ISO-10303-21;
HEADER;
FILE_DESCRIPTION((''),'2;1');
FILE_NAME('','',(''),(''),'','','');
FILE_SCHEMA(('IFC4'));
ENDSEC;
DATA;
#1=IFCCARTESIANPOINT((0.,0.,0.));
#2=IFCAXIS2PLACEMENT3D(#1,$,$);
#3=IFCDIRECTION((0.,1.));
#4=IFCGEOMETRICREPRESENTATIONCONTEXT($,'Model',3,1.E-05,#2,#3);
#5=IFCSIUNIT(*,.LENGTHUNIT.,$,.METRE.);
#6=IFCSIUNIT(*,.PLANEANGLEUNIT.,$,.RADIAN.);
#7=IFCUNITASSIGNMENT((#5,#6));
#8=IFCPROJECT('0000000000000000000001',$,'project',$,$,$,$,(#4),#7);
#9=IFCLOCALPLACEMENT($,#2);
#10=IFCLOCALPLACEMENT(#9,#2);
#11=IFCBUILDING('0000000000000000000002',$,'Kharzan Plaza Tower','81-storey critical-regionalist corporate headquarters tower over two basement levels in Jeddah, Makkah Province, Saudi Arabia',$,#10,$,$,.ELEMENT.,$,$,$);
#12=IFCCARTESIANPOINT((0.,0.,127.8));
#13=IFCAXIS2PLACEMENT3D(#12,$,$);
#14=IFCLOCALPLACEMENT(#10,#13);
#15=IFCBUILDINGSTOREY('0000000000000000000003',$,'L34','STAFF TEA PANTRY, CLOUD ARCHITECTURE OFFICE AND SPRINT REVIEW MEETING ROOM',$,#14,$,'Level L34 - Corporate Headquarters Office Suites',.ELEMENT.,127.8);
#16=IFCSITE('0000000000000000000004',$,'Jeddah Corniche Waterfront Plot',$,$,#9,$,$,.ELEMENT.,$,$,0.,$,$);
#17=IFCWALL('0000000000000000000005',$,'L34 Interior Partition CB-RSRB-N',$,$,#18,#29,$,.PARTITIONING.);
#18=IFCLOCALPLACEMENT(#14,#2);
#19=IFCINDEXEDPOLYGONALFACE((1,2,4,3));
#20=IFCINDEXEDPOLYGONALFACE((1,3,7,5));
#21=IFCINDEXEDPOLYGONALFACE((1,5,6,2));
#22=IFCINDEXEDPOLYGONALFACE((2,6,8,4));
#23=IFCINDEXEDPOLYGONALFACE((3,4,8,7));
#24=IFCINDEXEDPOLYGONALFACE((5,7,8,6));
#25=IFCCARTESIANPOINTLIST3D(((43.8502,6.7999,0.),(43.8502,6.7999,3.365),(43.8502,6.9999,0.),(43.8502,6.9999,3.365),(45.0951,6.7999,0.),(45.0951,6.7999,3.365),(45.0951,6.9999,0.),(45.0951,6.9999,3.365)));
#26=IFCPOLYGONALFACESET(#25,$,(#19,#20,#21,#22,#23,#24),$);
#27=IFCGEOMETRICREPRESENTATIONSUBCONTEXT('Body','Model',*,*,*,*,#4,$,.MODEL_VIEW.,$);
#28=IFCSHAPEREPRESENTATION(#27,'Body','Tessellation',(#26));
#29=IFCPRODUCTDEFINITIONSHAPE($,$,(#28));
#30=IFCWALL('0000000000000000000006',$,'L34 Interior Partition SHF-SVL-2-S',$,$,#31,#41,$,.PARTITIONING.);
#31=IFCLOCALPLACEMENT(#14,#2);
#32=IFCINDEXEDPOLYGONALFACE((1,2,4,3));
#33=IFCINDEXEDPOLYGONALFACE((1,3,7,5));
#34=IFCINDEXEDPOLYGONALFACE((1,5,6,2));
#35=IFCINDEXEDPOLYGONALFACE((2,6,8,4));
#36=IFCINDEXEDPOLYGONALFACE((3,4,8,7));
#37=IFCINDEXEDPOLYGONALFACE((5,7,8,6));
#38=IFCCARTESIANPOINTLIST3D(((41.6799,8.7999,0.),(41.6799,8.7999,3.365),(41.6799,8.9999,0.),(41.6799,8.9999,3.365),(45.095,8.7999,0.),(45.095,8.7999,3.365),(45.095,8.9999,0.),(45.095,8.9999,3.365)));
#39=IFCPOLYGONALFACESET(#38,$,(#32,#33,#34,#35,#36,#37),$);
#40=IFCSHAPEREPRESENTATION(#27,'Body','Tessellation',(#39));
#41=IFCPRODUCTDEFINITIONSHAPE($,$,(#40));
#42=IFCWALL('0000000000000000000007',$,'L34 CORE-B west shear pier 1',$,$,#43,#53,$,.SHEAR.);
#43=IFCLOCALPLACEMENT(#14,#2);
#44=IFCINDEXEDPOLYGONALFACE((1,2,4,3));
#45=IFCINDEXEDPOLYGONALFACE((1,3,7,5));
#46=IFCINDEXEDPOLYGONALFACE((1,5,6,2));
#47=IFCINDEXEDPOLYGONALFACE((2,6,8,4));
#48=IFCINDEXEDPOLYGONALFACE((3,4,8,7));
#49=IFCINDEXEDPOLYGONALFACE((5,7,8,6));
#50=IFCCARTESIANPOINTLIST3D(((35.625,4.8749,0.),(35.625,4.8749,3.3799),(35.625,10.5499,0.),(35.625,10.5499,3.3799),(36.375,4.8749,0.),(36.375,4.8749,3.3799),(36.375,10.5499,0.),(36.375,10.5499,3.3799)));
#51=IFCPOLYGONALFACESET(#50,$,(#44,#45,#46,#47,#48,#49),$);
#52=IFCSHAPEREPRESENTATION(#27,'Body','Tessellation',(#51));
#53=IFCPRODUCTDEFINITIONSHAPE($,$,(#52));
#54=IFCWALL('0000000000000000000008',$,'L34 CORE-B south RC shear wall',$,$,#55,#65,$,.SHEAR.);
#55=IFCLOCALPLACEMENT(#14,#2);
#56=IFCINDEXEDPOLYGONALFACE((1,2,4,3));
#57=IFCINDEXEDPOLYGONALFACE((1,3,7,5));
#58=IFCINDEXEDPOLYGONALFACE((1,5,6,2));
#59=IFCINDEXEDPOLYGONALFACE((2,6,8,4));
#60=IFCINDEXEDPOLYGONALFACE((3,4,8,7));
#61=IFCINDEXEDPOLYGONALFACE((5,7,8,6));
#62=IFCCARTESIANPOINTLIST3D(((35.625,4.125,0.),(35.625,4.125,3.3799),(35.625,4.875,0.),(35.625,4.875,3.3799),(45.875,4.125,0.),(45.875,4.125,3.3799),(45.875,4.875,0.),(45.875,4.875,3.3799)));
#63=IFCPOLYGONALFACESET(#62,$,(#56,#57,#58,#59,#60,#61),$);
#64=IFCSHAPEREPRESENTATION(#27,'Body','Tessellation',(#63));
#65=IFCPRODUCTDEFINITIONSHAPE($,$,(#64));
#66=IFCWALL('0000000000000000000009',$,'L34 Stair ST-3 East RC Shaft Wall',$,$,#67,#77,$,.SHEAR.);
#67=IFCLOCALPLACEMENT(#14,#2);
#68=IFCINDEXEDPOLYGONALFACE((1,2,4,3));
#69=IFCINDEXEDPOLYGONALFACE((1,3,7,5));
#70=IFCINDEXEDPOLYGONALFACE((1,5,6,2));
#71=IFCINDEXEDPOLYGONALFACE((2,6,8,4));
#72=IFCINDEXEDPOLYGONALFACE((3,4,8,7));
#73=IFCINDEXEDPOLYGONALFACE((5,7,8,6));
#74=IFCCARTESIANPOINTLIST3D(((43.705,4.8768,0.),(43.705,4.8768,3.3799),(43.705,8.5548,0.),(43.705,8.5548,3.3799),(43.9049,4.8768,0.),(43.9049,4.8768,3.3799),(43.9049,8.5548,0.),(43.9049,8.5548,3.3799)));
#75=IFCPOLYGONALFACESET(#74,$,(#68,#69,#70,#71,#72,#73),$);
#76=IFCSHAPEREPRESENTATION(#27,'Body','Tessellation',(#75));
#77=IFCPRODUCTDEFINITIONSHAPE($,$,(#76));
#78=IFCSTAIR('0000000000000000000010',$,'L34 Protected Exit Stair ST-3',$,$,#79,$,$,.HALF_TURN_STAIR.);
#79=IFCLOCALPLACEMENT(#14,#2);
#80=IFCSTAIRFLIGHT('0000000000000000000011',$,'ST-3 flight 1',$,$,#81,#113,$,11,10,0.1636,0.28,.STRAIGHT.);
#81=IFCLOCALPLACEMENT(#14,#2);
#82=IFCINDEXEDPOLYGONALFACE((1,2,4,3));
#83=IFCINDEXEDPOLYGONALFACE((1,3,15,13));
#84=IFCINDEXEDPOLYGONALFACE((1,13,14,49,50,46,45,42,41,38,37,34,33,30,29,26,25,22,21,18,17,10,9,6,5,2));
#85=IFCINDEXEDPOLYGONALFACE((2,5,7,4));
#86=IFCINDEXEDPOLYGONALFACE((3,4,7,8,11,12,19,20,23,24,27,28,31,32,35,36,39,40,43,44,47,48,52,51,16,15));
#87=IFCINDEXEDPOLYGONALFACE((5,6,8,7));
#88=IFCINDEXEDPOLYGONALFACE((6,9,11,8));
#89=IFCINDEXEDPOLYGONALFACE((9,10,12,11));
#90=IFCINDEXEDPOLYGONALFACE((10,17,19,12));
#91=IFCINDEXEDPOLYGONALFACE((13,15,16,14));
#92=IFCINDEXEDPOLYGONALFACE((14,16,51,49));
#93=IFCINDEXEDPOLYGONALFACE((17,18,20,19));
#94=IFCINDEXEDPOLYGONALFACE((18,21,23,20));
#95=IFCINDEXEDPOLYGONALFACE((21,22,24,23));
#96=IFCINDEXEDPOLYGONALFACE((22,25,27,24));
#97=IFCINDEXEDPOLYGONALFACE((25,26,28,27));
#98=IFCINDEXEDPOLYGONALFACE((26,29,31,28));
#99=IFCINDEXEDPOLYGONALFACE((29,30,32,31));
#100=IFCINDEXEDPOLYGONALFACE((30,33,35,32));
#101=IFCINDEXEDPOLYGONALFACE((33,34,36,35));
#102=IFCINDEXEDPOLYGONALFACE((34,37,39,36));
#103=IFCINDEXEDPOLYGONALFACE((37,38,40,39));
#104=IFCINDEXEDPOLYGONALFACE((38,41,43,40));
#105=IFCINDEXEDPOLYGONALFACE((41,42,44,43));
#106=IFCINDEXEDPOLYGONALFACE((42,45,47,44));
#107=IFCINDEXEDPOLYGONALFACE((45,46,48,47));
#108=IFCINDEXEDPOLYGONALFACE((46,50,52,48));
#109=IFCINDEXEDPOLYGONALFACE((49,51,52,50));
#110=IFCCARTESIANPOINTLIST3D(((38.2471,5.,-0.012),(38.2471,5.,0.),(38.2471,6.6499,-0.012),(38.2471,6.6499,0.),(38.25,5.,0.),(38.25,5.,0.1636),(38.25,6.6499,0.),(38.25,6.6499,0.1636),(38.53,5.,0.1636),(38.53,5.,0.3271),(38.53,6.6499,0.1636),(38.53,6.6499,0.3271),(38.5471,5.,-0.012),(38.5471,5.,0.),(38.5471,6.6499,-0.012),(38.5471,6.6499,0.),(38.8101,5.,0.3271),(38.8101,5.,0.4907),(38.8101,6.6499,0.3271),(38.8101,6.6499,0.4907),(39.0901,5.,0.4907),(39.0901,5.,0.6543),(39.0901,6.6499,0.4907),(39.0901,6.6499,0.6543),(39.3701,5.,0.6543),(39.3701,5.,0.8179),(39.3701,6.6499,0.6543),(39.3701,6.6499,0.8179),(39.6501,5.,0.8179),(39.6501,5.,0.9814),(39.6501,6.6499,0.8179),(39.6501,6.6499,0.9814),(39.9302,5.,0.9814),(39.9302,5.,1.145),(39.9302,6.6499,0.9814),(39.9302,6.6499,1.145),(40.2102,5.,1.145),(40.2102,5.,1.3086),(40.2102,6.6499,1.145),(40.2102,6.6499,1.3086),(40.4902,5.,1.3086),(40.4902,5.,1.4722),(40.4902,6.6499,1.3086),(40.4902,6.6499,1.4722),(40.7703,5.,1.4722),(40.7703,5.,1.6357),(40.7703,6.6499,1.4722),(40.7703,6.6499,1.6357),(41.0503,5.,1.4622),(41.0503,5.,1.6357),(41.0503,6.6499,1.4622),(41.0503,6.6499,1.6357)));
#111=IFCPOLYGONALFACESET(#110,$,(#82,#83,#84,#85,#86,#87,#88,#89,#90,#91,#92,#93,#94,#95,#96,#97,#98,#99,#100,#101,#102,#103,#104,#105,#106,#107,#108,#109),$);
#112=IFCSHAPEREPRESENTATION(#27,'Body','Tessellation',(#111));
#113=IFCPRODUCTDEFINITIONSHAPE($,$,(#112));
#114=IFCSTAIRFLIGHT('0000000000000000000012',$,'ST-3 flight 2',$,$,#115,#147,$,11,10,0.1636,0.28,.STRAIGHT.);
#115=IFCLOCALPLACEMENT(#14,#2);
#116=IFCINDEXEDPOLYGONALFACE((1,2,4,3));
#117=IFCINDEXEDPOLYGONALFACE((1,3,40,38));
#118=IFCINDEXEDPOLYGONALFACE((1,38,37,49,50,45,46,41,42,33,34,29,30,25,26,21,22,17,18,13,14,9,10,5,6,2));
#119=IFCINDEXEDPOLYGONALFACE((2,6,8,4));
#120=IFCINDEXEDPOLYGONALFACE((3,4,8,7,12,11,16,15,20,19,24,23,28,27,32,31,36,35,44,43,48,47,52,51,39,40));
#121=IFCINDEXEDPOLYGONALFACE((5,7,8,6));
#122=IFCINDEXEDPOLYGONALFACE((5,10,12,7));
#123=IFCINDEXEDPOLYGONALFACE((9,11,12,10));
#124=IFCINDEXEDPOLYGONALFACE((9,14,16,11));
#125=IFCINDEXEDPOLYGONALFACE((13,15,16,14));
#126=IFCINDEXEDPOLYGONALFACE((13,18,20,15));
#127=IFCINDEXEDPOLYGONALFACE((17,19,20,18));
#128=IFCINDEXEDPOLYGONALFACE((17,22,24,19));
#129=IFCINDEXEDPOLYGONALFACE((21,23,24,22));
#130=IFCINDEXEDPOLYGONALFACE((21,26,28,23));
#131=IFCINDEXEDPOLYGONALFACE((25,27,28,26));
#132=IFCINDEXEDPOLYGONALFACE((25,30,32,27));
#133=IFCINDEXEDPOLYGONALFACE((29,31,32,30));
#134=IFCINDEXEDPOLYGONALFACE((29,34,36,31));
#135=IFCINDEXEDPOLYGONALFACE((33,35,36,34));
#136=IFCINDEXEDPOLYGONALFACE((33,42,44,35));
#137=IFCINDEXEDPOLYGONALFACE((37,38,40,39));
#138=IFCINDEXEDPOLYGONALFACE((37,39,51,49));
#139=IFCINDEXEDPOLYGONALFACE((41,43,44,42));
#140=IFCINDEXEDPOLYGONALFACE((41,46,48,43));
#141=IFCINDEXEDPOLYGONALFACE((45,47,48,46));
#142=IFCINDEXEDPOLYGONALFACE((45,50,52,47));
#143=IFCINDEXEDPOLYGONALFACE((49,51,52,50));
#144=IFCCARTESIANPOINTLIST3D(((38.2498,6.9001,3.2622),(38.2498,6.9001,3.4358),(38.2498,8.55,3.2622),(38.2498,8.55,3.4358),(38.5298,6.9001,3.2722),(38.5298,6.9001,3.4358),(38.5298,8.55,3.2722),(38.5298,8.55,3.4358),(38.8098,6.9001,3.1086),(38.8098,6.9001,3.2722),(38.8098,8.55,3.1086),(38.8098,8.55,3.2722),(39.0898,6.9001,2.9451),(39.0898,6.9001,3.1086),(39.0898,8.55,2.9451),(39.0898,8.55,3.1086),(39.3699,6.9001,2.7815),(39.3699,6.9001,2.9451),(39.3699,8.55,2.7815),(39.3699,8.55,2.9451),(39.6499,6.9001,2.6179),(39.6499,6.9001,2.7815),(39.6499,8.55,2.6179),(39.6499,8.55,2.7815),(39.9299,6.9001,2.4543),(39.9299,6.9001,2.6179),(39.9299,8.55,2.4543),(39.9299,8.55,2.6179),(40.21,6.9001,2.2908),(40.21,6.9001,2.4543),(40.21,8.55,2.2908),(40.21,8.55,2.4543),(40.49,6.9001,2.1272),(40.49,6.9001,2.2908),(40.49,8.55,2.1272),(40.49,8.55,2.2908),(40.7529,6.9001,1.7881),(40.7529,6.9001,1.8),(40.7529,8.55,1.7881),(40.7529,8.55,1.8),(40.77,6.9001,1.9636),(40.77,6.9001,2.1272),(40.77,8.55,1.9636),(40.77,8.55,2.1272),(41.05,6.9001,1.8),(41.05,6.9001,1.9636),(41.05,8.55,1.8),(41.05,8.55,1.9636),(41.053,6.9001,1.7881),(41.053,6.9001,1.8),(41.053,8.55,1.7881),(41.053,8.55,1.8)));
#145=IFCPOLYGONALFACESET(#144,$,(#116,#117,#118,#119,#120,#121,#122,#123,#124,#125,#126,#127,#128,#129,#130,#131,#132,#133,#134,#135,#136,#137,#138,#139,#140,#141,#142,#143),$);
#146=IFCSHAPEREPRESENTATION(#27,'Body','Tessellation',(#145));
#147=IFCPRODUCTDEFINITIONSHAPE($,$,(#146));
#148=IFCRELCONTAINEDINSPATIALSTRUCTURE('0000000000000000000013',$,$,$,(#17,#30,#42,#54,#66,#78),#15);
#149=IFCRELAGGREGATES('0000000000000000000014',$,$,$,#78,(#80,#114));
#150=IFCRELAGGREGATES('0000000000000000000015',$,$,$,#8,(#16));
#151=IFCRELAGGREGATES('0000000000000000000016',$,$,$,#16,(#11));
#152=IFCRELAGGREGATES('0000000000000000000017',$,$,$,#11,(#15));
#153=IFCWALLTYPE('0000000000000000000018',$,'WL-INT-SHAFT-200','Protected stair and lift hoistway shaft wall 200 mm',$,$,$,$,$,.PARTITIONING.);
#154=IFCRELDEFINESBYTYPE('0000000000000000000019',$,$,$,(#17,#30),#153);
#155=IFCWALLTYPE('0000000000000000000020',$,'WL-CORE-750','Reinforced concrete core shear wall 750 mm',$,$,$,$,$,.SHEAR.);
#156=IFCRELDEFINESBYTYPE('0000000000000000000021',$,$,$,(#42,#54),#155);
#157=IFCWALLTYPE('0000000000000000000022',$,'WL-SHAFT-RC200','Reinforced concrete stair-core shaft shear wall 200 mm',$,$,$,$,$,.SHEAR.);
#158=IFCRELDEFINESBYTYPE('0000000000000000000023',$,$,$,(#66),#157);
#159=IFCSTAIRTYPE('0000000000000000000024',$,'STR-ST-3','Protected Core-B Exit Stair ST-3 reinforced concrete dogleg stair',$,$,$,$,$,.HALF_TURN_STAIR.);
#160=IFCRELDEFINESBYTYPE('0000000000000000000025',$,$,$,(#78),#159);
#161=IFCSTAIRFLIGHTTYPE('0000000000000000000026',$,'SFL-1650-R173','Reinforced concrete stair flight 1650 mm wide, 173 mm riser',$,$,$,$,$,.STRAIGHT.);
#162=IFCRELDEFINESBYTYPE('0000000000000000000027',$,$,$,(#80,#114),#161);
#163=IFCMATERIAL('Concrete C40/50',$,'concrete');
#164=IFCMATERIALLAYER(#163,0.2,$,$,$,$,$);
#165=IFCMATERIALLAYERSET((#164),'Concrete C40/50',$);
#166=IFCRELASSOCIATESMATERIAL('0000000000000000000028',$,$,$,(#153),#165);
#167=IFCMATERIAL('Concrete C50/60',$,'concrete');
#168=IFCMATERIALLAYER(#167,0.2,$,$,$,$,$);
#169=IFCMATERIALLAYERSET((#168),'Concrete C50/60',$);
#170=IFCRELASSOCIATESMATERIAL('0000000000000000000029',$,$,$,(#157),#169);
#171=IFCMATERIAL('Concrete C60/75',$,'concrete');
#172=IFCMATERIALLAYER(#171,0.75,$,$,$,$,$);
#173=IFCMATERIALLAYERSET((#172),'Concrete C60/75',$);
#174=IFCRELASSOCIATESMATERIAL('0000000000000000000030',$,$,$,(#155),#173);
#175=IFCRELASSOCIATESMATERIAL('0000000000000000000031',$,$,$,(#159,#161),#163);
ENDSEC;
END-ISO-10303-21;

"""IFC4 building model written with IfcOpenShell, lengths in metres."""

from ifc_helpers import new_model, si_unit, direction, frame, frame_2d, origin, place, context, subcontext, project, spatial, polyline, rectangle, outline, extrude, source, transform, mapped, material, layer, layer_set, type_object, element, aggregate, save


model = new_model("IFC4")

# Units and contexts
model_context = context("Model", 3, precision=1e-05, world=origin(), true_north=direction((0.0, 1.0)))
body_context = subcontext(model_context, "Body", "Model", "MODEL_VIEW")
ifc_project = project(units=[si_unit("LENGTHUNIT", "METRE"), si_unit("PLANEANGLEUNIT", "RADIAN")], contexts=[model_context])

# Site, building, storey
site_placement = place(None, origin())
site = spatial("IfcSite", under=ifc_project, at=site_placement, Name="Jeddah Corniche Waterfront Plot", CompositionType="ELEMENT", RefElevation=0.0)
building_placement = place(site_placement, origin())
building = spatial("IfcBuilding", under=site, at=building_placement, Name="Kharzan Plaza Tower", Description="81-storey critical-regionalist corporate headquarters tower over two basement levels in Jeddah, Makkah Province, Saudi Arabia", CompositionType="ELEMENT")
storey_placement = place(building_placement, frame((0.0, 0.0, 127.8)))
storey = spatial("IfcBuildingStorey", under=building, at=storey_placement, Name="L34", Description="STAFF TEA PANTRY, CLOUD ARCHITECTURE OFFICE AND SPRINT REVIEW MEETING ROOM", LongName="Level L34 - Corporate Headquarters Office Suites", CompositionType="ELEMENT", Elevation=127.8)

# Shared definitions
ifc_material_1 = material(Name="Concrete C60/75", Category="concrete")

# Shared definitions
ifc_material_2 = material(Name="Concrete C40/50", Category="concrete")

# Shared definitions
ifc_layer_1 = layer(ifc_material_2, 0.2)
ifc_layer_set_1 = layer_set([ifc_layer_1], Name="Concrete C40/50")
wall_type_1 = type_object("IfcWallType", Name="WL-INT-SHAFT-200", Description="Protected stair and lift hoistway shaft wall 200 mm", PredefinedType="PARTITIONING", material=ifc_layer_set_1)
ifc_material_3 = material(Name="Concrete C50/60", Category="concrete")
ifc_layer_2 = layer(ifc_material_3, 0.2)
ifc_layer_set_2 = layer_set([ifc_layer_2], Name="Concrete C50/60")
wall_type_2 = type_object("IfcWallType", Name="WL-SHAFT-RC200", Description="Reinforced concrete stair-core shaft shear wall 200 mm", PredefinedType="SHEAR", material=ifc_layer_set_2)

# Walls
shared_shape_1 = source(origin(), body_context, "Body", "SweptSolid", [
    extrude(rectangle(XDim=1.2449, YDim=0.2, at=frame_2d((0.6226, 0.0))), origin(), (0.0, 0.0, 1.0), 3.365),
])
wall_1_placement = place(storey_placement, frame((43.8501, 6.8999, 0.0), z_axis=(0.0, 0.0, 1.0), x_axis=(1.0, 0.0, 0.0)))
element("IfcWall", 1, at=wall_1_placement, inside=storey, type_object=wall_type_1, Name="L34 Interior Partition CB-RSRB-N", PredefinedType="PARTITIONING", context=body_context, shape_type="MappedRepresentation", body=[
    mapped(shared_shape_1, transform((0.0, 0.0, 0.0), x_axis=(1.0, 0.0, 0.0), y_axis=(0.0, 1.0, 0.0), z_axis=(0.0, 0.0, 1.0))),
])
shared_shape_2 = source(origin(), body_context, "Body", "SweptSolid", [
    extrude(rectangle(XDim=3.415, YDim=0.2, at=frame_2d((1.7075, 0.0))), origin(), (0.0, 0.0, 1.0), 3.365),
])
wall_2_placement = place(storey_placement, frame((41.6799, 8.8999, 0.0), z_axis=(0.0, 0.0, 1.0), x_axis=(1.0, 0.0, 0.0)))
element("IfcWall", 2, at=wall_2_placement, inside=storey, type_object=wall_type_1, Name="L34 Interior Partition SHF-SVL-2-S", PredefinedType="PARTITIONING", context=body_context, shape_type="MappedRepresentation", body=[
    mapped(shared_shape_2, transform((0.0, 0.0, 0.0), x_axis=(1.0, 0.0, 0.0), y_axis=(0.0, 1.0, 0.0), z_axis=(0.0, 0.0, 1.0))),
])
ifc_layer_3 = layer(ifc_material_1, 0.75)
ifc_layer_set_3 = layer_set([ifc_layer_3], Name="Concrete C60/75")
wall_type_3 = type_object("IfcWallType", Name="WL-CORE-750", Description="Reinforced concrete core shear wall 750 mm", PredefinedType="SHEAR", material=ifc_layer_set_3)
shared_shape_3 = source(origin(), body_context, "Body", "SweptSolid", [
    extrude(rectangle(XDim=5.675, YDim=0.75, at=frame_2d((2.8374, 0.0))), origin(), (0.0, 0.0, 1.0), 3.3799),
])
wall_3_placement = place(storey_placement, frame((36.0, 4.875, 0.0), z_axis=(0.0, 0.0, 1.0), x_axis=(0.0, 1.0, 0.0)))
element("IfcWall", 3, at=wall_3_placement, inside=storey, type_object=wall_type_3, Name="L34 CORE-B west shear pier 1", PredefinedType="SHEAR", context=body_context, shape_type="MappedRepresentation", body=[
    mapped(shared_shape_3, transform((0.0, 0.0, 0.0), x_axis=(1.0, 0.0, 0.0), y_axis=(0.0, 1.0, 0.0), z_axis=(0.0, 0.0, 1.0))),
])
shared_shape_4 = source(origin(), body_context, "Body", "SweptSolid", [
    extrude(rectangle(XDim=10.25, YDim=0.75, at=frame_2d((5.125, 0.0))), origin(), (0.0, 0.0, 1.0), 3.3799),
])
wall_4_placement = place(storey_placement, frame((35.625, 4.5, 0.0), z_axis=(0.0, 0.0, 1.0), x_axis=(1.0, 0.0, 0.0)))
element("IfcWall", 4, at=wall_4_placement, inside=storey, type_object=wall_type_3, Name="L34 CORE-B south RC shear wall", PredefinedType="SHEAR", context=body_context, shape_type="MappedRepresentation", body=[
    mapped(shared_shape_4, transform((0.0, 0.0, 0.0), x_axis=(1.0, 0.0, 0.0), y_axis=(0.0, 1.0, 0.0), z_axis=(0.0, 0.0, 1.0))),
])
shared_shape_5 = source(origin(), body_context, "Body", "SweptSolid", [
    extrude(rectangle(XDim=3.678, YDim=0.2, at=frame_2d((1.8389, 0.0))), origin(), (0.0, 0.0, 1.0), 3.3799),
])
wall_5_placement = place(storey_placement, frame((43.8049, 4.877, 0.0), z_axis=(0.0, 0.0, 1.0), x_axis=(0.0, 1.0, 0.0)))
element("IfcWall", 5, at=wall_5_placement, inside=storey, type_object=wall_type_2, Name="L34 Stair ST-3 East RC Shaft Wall", PredefinedType="SHEAR", context=body_context, shape_type="MappedRepresentation", body=[
    mapped(shared_shape_5, transform((0.0, 0.0, 0.0), x_axis=(1.0, 0.0, 0.0), y_axis=(0.0, 1.0, 0.0), z_axis=(0.0, 0.0, 1.0))),
])

# Stair, stair flights
stair_type = type_object("IfcStairType", Name="STR-ST-3", Description="Protected Core-B Exit Stair ST-3 reinforced concrete dogleg stair", PredefinedType="HALF_TURN_STAIR", material=ifc_material_2)
stair_placement = place(storey_placement, origin())
stair = element("IfcStair", 6, at=stair_placement, inside=storey, type_object=stair_type, Name="L34 Protected Exit Stair ST-3", PredefinedType="HALF_TURN_STAIR")
stair_flight_type = type_object("IfcStairFlightType", Name="SFL-1650-R173", Description="Reinforced concrete stair flight 1650 mm wide, 173 mm riser", PredefinedType="STRAIGHT", material=ifc_material_2)
shared_shape_6 = source(origin(), body_context, "Body", "SweptSolid", [
    extrude(outline(polyline([(-0.0029, -0.012), (-0.0029, 0.0), (0.0, 0.0), (0.0, 0.1636), (0.28, 0.1636), (0.28, 0.3271), (0.5601, 0.3271), (0.5601, 0.4907), (0.8401, 0.4907), (0.8401, 0.6543), (1.1201, 0.6543), (1.1201, 0.8179), (1.4001, 0.8179), (1.4001, 0.9814), (1.6802, 0.9814), (1.6802, 1.145), (1.9602, 1.145), (1.9602, 1.3086), (2.2402, 1.3086), (2.2402, 1.4722), (2.5203, 1.4722), (2.5203, 1.6357), (2.8003, 1.6357), (2.8003, 1.7993), (2.8003, 1.4622), (0.2971, 0.0), (0.2971, -0.012), (-0.0029, -0.012)])), frame((0.0, 0.825, 0.0), z_axis=(0.0, -1.0, 0.0), x_axis=(1.0, 0.0, 0.0)), (0.0, 0.0, 1.0), 1.6499),
])
stair_flight_1_placement = place(storey_placement, frame((38.25, 5.825, 0.0), z_axis=(0.0, 0.0, 1.0), x_axis=(1.0, 0.0, 0.0)))
stair_flight_1 = element("IfcStairFlight", 7, at=stair_flight_1_placement, type_object=stair_flight_type, Name="ST-3 flight 1", NumberOfRisers=11, NumberOfTreads=10, PredefinedType="STRAIGHT", RiserHeight=0.1636, TreadLength=0.28, context=body_context, shape_type="MappedRepresentation", body=[
    mapped(shared_shape_6, transform((0.0, 0.0, 0.0), x_axis=(1.0, 0.0, 0.0), y_axis=(0.0, 1.0, 0.0), z_axis=(0.0, 0.0, 1.0))),
])
stair_flight_2_placement = place(storey_placement, frame((41.05, 7.7251, 1.8), z_axis=(0.0, 0.0, 1.0), x_axis=(-1.0, 0.0, 0.0)))
stair_flight_2 = element("IfcStairFlight", 8, at=stair_flight_2_placement, type_object=stair_flight_type, Name="ST-3 flight 2", NumberOfRisers=11, NumberOfTreads=10, PredefinedType="STRAIGHT", RiserHeight=0.1636, TreadLength=0.28, context=body_context, shape_type="MappedRepresentation", body=[
    mapped(shared_shape_6, transform((0.0, 0.0, 0.0), x_axis=(1.0, 0.0, 0.0), y_axis=(0.0, 1.0, 0.0), z_axis=(0.0, 0.0, 1.0))),
])
aggregate(stair, [stair_flight_1, stair_flight_2])

save(model, "model.ifc")
